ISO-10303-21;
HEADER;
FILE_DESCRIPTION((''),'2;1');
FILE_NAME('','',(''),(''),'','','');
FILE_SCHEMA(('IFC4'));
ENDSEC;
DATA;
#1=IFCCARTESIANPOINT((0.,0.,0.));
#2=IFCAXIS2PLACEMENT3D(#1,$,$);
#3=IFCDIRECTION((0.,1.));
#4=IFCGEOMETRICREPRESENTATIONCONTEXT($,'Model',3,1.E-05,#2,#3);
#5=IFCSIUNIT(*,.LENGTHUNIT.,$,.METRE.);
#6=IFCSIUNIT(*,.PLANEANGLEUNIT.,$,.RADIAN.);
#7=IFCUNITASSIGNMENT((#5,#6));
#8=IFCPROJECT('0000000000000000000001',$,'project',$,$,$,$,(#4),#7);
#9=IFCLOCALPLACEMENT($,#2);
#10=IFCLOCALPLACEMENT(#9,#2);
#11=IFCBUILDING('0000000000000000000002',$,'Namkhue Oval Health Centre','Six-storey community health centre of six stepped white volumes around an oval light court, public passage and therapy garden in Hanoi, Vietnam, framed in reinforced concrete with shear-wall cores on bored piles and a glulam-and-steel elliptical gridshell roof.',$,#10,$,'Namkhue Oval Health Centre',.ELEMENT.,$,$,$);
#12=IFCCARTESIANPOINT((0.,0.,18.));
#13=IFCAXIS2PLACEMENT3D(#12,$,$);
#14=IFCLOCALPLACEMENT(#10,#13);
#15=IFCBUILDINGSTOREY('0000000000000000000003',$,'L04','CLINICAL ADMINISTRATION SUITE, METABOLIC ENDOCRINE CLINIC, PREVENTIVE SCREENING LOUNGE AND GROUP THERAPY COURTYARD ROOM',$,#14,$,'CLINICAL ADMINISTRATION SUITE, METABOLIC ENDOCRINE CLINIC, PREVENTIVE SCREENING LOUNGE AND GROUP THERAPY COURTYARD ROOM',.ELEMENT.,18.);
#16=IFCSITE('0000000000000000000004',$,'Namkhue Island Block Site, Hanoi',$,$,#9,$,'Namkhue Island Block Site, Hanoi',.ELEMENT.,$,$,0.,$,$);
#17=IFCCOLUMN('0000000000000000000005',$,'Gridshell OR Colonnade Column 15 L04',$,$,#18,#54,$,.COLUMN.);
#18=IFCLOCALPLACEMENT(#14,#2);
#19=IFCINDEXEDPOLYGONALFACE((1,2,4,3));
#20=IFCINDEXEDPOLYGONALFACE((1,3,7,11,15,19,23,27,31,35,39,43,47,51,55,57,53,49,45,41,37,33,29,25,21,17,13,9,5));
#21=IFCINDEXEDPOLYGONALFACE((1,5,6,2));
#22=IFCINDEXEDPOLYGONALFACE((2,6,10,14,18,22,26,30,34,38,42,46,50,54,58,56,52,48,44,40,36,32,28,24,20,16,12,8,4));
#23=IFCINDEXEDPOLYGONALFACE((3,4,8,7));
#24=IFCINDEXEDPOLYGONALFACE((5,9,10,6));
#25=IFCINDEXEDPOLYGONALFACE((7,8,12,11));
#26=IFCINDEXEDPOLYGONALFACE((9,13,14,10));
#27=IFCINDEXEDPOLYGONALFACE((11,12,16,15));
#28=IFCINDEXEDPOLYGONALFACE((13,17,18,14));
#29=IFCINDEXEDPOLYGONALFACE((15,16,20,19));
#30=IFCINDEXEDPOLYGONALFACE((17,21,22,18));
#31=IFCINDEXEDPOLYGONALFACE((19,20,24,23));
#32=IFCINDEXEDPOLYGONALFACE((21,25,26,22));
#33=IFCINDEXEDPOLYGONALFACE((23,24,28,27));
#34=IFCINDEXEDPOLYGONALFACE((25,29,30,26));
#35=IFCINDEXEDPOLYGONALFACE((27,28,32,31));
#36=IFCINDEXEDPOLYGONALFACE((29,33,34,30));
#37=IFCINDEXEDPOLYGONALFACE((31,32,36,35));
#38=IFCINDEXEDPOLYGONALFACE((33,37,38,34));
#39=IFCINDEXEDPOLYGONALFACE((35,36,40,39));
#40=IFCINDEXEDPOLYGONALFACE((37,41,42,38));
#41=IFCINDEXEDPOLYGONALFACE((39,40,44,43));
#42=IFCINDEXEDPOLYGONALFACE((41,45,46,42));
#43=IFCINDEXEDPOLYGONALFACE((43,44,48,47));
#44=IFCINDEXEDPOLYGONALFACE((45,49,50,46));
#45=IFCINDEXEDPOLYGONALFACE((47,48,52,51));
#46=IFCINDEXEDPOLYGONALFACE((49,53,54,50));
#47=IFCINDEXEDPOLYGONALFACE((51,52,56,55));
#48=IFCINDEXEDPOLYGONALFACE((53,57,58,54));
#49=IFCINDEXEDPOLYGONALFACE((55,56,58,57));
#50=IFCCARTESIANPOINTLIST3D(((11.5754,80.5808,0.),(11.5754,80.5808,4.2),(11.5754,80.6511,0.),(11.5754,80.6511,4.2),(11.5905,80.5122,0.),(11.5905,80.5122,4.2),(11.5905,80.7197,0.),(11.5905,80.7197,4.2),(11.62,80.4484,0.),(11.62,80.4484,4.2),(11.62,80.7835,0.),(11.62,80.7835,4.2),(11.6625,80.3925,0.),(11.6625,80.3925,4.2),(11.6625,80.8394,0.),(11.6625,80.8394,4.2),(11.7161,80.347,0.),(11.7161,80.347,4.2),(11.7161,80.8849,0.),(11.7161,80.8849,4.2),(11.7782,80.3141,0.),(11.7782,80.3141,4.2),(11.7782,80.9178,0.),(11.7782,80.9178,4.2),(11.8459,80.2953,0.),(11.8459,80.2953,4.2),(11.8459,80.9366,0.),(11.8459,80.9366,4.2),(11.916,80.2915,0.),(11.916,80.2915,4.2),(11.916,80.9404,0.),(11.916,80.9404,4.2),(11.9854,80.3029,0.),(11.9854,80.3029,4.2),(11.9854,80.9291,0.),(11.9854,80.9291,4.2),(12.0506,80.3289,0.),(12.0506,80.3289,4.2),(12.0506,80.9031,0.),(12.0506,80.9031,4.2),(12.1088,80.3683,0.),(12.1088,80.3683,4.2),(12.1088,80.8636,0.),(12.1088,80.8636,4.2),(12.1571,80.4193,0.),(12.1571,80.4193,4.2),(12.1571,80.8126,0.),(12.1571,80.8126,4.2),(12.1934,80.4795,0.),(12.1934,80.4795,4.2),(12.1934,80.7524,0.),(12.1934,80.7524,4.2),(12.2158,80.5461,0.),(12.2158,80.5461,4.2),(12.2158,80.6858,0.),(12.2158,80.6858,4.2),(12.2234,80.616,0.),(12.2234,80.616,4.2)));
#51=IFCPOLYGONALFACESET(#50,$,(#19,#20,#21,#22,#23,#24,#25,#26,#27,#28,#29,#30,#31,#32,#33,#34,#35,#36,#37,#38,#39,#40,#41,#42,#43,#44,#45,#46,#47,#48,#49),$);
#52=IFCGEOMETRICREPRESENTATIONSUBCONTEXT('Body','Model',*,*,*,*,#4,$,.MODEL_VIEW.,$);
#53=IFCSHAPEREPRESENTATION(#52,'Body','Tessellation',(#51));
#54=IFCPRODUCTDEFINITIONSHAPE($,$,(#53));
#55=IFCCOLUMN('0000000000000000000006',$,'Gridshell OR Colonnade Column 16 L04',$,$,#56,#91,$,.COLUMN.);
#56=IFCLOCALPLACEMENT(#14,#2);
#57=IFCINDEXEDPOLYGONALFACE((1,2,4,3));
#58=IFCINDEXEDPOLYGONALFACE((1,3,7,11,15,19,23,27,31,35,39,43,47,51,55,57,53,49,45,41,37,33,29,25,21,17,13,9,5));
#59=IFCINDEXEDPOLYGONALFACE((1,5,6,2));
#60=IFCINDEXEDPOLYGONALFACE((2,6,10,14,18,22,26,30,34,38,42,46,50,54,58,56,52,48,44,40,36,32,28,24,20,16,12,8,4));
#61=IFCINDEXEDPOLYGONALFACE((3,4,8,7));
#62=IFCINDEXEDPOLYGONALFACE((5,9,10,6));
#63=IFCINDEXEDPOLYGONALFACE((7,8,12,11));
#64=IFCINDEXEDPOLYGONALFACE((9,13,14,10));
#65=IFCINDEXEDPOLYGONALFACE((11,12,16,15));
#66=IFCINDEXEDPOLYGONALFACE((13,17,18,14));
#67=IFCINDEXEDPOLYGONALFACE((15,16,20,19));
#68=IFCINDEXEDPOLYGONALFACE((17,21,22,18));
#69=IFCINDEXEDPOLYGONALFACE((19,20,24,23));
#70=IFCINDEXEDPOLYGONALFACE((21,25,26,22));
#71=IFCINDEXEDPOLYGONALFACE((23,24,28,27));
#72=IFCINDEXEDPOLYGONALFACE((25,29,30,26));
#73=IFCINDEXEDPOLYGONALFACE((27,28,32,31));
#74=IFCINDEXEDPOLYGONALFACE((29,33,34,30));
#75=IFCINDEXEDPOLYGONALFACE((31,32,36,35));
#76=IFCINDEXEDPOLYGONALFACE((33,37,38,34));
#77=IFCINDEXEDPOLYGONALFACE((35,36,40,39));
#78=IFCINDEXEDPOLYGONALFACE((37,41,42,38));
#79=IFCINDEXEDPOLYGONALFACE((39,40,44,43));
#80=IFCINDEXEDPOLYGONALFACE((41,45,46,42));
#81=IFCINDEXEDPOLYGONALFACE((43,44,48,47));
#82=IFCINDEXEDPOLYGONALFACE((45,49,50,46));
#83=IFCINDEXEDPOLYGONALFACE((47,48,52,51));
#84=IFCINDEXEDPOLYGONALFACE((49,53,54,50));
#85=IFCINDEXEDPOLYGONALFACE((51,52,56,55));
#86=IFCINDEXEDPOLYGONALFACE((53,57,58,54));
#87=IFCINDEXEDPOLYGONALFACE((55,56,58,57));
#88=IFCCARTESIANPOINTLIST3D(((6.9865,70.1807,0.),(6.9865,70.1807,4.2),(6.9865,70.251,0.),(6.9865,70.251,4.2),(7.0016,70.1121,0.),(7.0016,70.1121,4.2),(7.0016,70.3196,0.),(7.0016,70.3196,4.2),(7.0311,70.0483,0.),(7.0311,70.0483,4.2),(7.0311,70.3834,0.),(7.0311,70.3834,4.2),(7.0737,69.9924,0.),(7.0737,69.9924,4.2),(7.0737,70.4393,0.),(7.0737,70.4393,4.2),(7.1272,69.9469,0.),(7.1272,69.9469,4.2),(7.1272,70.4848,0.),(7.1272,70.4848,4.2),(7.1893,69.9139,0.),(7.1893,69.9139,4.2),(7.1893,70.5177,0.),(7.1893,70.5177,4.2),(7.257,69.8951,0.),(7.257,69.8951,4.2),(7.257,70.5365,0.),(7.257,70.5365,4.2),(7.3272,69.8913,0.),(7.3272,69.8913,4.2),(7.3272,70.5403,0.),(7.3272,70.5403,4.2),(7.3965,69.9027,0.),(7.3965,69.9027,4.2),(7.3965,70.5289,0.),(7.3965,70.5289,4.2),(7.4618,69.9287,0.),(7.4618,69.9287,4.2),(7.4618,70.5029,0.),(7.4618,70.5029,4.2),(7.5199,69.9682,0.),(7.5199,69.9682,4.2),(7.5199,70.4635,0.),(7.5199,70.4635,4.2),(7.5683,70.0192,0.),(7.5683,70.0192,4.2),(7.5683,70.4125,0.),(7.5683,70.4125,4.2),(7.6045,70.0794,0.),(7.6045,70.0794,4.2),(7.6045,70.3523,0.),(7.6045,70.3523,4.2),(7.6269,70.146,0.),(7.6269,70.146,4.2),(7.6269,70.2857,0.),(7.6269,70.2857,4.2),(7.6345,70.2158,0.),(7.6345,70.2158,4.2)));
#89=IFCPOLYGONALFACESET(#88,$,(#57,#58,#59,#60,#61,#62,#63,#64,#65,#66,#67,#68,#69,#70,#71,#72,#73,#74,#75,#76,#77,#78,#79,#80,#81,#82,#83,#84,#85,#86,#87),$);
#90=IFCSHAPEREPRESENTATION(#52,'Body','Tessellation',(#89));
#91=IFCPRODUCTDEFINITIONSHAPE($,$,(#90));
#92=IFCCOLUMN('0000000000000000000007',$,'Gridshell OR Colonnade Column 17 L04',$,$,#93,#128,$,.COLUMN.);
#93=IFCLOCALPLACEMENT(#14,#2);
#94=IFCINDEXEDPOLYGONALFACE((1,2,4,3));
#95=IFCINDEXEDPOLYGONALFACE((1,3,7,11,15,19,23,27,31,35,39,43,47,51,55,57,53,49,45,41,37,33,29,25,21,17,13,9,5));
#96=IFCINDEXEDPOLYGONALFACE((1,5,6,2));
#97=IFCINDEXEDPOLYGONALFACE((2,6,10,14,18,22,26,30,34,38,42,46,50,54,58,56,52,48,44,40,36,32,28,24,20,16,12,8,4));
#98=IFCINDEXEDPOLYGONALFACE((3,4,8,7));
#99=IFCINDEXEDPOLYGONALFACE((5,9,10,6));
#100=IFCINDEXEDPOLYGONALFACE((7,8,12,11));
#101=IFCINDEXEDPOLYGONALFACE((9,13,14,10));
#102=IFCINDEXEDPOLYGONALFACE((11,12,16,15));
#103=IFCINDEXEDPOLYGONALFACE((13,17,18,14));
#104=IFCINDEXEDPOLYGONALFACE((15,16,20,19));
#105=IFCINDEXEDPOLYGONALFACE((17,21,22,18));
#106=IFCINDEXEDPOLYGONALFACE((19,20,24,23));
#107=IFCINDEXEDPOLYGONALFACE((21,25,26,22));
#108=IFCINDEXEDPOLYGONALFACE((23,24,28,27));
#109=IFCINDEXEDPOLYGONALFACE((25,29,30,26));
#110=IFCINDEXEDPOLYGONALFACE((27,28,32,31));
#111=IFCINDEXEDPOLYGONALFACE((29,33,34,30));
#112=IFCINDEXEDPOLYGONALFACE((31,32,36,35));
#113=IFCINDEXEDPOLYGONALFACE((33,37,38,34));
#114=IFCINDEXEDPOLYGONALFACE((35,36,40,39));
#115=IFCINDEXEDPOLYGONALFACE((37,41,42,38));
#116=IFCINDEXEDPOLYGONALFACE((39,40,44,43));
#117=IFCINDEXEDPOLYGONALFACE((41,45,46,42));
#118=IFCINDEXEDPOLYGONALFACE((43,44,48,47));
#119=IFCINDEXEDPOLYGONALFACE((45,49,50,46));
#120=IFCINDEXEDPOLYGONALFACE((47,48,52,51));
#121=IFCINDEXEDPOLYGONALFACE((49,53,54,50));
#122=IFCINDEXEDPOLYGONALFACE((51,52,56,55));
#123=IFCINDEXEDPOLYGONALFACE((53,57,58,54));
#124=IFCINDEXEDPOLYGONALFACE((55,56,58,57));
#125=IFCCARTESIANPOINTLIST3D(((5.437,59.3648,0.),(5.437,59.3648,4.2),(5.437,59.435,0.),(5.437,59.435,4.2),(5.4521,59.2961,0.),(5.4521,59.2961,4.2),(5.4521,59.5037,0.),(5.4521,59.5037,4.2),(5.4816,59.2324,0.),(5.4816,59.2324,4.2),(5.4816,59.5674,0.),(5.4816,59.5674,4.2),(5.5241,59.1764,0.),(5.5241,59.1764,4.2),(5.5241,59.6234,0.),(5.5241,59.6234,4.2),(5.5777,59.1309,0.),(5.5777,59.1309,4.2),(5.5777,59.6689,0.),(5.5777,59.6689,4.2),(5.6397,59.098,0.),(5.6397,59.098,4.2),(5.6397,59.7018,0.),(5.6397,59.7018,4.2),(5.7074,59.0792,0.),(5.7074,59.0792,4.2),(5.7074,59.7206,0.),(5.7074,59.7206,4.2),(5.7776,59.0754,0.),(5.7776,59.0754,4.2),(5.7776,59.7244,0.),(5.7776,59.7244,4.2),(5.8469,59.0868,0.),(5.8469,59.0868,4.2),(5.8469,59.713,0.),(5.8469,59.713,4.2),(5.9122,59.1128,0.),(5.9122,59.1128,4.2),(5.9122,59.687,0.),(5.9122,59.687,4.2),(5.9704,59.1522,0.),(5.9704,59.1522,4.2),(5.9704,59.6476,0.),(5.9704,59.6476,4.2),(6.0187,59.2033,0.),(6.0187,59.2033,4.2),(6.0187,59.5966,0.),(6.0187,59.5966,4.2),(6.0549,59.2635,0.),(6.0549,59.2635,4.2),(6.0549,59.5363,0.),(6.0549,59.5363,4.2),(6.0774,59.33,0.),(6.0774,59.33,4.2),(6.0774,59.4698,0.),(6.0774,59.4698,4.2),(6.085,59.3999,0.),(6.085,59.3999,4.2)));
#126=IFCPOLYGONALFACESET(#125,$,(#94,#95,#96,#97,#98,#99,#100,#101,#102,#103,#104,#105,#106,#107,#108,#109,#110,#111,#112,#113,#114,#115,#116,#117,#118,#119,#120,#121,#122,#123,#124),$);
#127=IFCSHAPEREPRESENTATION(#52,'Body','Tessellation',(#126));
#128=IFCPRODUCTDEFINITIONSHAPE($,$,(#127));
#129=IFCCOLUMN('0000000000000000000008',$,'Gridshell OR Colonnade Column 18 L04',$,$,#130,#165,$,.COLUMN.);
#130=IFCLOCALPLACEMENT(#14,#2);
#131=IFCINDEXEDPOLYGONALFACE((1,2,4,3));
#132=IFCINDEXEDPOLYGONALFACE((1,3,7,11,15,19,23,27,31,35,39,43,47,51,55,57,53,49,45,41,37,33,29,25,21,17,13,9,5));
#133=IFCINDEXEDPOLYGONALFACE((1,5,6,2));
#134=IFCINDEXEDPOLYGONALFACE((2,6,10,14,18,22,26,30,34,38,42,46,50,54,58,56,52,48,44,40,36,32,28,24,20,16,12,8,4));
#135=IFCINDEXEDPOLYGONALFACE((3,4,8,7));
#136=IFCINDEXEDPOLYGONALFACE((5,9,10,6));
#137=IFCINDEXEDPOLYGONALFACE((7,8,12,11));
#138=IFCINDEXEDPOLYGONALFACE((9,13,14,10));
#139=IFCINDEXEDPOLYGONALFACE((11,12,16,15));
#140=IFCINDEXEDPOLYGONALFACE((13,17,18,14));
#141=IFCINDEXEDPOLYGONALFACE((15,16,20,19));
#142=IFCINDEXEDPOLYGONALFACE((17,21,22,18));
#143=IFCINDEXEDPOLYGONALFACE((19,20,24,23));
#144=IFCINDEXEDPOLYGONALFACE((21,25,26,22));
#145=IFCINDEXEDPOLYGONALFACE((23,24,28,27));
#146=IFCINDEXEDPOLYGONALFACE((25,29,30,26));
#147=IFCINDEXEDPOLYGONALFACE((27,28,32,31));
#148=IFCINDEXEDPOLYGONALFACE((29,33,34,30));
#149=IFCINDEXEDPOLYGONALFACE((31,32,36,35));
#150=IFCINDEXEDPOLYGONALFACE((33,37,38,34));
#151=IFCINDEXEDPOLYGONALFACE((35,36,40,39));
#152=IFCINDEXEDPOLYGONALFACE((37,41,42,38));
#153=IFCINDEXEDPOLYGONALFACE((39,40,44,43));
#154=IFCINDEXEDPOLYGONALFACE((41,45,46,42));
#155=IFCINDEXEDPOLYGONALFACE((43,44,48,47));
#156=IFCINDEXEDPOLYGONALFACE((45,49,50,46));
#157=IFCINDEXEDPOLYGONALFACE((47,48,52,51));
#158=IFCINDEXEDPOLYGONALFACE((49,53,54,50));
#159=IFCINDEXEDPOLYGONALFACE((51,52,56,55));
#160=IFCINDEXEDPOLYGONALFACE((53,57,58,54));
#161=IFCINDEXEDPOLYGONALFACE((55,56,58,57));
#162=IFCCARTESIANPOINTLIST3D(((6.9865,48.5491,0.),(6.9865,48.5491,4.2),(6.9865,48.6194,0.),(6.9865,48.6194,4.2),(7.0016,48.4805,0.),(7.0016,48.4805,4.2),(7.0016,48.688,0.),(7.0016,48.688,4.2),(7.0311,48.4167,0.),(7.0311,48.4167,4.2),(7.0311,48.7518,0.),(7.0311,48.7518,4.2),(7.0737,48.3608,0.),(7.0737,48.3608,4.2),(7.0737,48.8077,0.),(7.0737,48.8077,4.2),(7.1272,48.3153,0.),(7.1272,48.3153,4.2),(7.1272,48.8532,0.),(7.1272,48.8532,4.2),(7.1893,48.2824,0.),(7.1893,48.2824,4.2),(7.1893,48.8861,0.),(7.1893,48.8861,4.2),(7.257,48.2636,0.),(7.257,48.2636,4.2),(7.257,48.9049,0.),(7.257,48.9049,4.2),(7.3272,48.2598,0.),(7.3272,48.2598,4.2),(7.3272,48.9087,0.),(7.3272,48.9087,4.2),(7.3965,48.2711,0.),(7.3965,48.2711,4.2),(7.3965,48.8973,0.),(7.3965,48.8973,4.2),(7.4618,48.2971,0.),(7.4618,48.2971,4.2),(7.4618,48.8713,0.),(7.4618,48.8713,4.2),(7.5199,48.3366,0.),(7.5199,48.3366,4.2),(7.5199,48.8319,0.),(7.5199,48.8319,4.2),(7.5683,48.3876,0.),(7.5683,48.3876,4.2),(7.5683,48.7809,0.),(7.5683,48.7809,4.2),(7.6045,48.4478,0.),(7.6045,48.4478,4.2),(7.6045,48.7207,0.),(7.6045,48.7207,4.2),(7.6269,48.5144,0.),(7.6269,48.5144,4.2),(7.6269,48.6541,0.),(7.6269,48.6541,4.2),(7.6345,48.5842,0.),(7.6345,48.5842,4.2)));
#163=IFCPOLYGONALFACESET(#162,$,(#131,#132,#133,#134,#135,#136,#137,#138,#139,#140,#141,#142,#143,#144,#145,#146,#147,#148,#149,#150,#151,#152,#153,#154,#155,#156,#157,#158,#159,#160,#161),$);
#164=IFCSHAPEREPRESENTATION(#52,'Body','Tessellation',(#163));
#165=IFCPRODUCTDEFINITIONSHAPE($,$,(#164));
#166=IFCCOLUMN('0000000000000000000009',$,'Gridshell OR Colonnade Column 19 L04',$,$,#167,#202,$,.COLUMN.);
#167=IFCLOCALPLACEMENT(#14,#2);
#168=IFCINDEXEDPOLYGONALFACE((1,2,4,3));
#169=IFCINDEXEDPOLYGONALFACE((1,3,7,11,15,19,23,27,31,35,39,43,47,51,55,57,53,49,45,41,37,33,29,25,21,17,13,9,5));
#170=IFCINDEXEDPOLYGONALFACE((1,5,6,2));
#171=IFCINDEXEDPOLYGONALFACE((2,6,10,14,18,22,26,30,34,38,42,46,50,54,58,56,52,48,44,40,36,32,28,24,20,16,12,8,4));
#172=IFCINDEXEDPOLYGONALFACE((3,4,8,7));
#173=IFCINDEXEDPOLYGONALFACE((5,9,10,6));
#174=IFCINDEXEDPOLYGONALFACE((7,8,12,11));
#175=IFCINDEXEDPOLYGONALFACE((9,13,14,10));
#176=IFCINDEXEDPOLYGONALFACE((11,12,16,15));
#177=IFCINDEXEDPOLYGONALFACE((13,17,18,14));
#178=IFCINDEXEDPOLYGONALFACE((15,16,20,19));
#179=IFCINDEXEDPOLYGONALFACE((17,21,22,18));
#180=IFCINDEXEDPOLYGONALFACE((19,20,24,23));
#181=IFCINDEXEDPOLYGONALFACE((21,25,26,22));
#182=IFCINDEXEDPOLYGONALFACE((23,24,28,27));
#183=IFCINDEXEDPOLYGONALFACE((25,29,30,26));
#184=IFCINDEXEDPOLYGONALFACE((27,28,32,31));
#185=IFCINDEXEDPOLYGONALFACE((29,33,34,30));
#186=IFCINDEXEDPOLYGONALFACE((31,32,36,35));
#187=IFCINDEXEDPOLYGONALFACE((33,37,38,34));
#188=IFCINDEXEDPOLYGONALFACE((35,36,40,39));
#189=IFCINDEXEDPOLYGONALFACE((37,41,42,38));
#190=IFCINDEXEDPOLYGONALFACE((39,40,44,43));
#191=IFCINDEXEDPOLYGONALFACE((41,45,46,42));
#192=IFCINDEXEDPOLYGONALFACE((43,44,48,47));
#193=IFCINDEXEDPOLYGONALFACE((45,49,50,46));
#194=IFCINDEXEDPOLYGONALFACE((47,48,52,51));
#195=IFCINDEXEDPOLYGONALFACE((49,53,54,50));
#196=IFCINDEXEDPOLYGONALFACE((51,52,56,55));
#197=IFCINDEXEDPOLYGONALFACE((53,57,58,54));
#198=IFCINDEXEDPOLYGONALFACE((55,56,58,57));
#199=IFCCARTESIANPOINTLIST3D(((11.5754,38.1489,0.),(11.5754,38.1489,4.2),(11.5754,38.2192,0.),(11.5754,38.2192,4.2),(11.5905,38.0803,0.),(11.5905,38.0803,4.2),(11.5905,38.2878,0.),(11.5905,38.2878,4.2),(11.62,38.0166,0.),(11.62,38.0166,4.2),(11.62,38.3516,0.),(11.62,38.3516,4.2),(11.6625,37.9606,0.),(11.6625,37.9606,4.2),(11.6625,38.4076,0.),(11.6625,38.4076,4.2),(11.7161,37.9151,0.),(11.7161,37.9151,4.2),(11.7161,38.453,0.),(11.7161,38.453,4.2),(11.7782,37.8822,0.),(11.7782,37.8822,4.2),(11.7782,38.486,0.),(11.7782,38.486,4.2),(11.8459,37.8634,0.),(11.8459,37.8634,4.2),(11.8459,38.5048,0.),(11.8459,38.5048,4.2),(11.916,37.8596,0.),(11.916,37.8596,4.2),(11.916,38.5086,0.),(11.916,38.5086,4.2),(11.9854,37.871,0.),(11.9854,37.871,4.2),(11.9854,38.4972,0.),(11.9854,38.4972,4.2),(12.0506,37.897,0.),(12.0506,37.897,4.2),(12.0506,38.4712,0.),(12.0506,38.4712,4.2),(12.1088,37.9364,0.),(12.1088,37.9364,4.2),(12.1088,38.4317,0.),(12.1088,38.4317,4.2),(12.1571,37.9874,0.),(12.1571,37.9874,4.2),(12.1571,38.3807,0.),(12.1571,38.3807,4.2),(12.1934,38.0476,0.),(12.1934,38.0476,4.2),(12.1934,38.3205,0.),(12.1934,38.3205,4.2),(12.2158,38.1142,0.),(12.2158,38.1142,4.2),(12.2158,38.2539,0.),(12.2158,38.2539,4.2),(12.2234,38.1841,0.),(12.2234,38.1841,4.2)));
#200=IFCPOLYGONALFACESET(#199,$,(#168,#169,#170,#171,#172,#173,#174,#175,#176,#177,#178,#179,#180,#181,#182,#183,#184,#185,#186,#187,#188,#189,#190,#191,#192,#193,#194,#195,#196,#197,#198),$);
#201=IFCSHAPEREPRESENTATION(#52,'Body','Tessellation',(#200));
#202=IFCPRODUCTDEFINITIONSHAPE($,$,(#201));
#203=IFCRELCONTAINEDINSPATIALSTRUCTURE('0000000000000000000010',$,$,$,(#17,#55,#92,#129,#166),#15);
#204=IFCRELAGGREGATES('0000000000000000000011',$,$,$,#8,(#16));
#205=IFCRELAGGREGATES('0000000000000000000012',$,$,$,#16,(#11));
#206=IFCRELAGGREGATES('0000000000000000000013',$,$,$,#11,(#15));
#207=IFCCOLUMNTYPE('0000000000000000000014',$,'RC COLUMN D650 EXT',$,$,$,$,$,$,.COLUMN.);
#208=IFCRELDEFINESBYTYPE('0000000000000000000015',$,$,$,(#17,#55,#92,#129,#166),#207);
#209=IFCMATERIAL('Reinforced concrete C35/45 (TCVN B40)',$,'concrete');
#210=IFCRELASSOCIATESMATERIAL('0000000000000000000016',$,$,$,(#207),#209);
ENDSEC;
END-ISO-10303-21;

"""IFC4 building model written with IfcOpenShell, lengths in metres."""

from ifc_helpers import new_model, si_unit, direction, frame, origin, origin_2d, place, context, subcontext, project, spatial, circle, extrude, material, material_profile, profile_set, type_object, element, save


model = new_model("IFC4")

# Units and contexts
model_context = context("Model", 3, precision=1e-05, world=origin(), true_north=direction((0.0, 1.0)))
body_context = subcontext(model_context, "Body", "Model", "MODEL_VIEW")
ifc_project = project(units=[si_unit("LENGTHUNIT", "METRE"), si_unit("PLANEANGLEUNIT", "RADIAN")], contexts=[model_context])

# Site, building, storey
site_placement = place(None, origin())
site = spatial("IfcSite", under=ifc_project, at=site_placement, Name="Namkhue Island Block Site, Hanoi", LongName="Namkhue Island Block Site, Hanoi", CompositionType="ELEMENT", RefElevation=0.0)
building_placement = place(site_placement, origin())
building = spatial("IfcBuilding", under=site, at=building_placement, Name="Namkhue Oval Health Centre", Description="Six-storey community health centre of six stepped white volumes around an oval light court, public passage and therapy garden in Hanoi, Vietnam, framed in reinforced concrete with shear-wall cores on bored piles and a glulam-and-steel elliptical gridshell roof.", LongName="Namkhue Oval Health Centre", CompositionType="ELEMENT")
storey_placement = place(building_placement, frame((0.0, 0.0, 18.0)))
storey = spatial("IfcBuildingStorey", under=building, at=storey_placement, Name="L04", Description="CLINICAL ADMINISTRATION SUITE, METABOLIC ENDOCRINE CLINIC, PREVENTIVE SCREENING LOUNGE AND GROUP THERAPY COURTYARD ROOM", LongName="CLINICAL ADMINISTRATION SUITE, METABOLIC ENDOCRINE CLINIC, PREVENTIVE SCREENING LOUNGE AND GROUP THERAPY COURTYARD ROOM", CompositionType="ELEMENT", Elevation=18.0)

# Columns
ifc_material_1 = material(Name="Reinforced concrete C35/45 (TCVN B40)", Category="concrete")
ifc_material_profile = material_profile(ifc_material_1, circle(Radius=0.325, at=origin_2d()), Name="RC D650")
ifc_profile_set = profile_set([ifc_material_profile], Name="Reinforced concrete C35/45 (TCVN B40)")
column_type = type_object("IfcColumnType", Name="RC COLUMN D650 EXT", PredefinedType="COLUMN", material=ifc_profile_set)
for number, where, z_axis, x_axis, name in (
    (1, (11.8984, 80.616, 0.0), (0.0, 0.0, 1.0), (1.0, 0.0, 0.0), "Gridshell OR Colonnade Column 15 L04"),
    (2, (7.3096, 70.2158, 0.0), (0.0, 0.0, 1.0), (1.0, 0.0, 0.0), "Gridshell OR Colonnade Column 16 L04"),
    (3, (5.76, 59.3999, 0.0), (0.0, 0.0, 1.0), (1.0, 0.0, 0.0), "Gridshell OR Colonnade Column 17 L04"),
    (4, (7.3096, 48.5842, 0.0), (0.0, 0.0, 1.0), (1.0, 0.0, 0.0), "Gridshell OR Colonnade Column 18 L04"),
    (5, (11.8984, 38.1841, 0.0), (0.0, 0.0, 1.0), (1.0, 0.0, 0.0), "Gridshell OR Colonnade Column 19 L04"),
):
    element("IfcColumn", number, at=place(storey_placement, frame(where, z_axis=z_axis, x_axis=x_axis)), inside=storey, type_object=column_type, Name=name, PredefinedType="COLUMN", context=body_context, shape_type="SweptSolid", body=[
        extrude(circle(Radius=0.325, at=origin_2d()), origin(), (0.0, 0.0, 1.0), 4.2),
    ])

save(model, "model.ifc")
